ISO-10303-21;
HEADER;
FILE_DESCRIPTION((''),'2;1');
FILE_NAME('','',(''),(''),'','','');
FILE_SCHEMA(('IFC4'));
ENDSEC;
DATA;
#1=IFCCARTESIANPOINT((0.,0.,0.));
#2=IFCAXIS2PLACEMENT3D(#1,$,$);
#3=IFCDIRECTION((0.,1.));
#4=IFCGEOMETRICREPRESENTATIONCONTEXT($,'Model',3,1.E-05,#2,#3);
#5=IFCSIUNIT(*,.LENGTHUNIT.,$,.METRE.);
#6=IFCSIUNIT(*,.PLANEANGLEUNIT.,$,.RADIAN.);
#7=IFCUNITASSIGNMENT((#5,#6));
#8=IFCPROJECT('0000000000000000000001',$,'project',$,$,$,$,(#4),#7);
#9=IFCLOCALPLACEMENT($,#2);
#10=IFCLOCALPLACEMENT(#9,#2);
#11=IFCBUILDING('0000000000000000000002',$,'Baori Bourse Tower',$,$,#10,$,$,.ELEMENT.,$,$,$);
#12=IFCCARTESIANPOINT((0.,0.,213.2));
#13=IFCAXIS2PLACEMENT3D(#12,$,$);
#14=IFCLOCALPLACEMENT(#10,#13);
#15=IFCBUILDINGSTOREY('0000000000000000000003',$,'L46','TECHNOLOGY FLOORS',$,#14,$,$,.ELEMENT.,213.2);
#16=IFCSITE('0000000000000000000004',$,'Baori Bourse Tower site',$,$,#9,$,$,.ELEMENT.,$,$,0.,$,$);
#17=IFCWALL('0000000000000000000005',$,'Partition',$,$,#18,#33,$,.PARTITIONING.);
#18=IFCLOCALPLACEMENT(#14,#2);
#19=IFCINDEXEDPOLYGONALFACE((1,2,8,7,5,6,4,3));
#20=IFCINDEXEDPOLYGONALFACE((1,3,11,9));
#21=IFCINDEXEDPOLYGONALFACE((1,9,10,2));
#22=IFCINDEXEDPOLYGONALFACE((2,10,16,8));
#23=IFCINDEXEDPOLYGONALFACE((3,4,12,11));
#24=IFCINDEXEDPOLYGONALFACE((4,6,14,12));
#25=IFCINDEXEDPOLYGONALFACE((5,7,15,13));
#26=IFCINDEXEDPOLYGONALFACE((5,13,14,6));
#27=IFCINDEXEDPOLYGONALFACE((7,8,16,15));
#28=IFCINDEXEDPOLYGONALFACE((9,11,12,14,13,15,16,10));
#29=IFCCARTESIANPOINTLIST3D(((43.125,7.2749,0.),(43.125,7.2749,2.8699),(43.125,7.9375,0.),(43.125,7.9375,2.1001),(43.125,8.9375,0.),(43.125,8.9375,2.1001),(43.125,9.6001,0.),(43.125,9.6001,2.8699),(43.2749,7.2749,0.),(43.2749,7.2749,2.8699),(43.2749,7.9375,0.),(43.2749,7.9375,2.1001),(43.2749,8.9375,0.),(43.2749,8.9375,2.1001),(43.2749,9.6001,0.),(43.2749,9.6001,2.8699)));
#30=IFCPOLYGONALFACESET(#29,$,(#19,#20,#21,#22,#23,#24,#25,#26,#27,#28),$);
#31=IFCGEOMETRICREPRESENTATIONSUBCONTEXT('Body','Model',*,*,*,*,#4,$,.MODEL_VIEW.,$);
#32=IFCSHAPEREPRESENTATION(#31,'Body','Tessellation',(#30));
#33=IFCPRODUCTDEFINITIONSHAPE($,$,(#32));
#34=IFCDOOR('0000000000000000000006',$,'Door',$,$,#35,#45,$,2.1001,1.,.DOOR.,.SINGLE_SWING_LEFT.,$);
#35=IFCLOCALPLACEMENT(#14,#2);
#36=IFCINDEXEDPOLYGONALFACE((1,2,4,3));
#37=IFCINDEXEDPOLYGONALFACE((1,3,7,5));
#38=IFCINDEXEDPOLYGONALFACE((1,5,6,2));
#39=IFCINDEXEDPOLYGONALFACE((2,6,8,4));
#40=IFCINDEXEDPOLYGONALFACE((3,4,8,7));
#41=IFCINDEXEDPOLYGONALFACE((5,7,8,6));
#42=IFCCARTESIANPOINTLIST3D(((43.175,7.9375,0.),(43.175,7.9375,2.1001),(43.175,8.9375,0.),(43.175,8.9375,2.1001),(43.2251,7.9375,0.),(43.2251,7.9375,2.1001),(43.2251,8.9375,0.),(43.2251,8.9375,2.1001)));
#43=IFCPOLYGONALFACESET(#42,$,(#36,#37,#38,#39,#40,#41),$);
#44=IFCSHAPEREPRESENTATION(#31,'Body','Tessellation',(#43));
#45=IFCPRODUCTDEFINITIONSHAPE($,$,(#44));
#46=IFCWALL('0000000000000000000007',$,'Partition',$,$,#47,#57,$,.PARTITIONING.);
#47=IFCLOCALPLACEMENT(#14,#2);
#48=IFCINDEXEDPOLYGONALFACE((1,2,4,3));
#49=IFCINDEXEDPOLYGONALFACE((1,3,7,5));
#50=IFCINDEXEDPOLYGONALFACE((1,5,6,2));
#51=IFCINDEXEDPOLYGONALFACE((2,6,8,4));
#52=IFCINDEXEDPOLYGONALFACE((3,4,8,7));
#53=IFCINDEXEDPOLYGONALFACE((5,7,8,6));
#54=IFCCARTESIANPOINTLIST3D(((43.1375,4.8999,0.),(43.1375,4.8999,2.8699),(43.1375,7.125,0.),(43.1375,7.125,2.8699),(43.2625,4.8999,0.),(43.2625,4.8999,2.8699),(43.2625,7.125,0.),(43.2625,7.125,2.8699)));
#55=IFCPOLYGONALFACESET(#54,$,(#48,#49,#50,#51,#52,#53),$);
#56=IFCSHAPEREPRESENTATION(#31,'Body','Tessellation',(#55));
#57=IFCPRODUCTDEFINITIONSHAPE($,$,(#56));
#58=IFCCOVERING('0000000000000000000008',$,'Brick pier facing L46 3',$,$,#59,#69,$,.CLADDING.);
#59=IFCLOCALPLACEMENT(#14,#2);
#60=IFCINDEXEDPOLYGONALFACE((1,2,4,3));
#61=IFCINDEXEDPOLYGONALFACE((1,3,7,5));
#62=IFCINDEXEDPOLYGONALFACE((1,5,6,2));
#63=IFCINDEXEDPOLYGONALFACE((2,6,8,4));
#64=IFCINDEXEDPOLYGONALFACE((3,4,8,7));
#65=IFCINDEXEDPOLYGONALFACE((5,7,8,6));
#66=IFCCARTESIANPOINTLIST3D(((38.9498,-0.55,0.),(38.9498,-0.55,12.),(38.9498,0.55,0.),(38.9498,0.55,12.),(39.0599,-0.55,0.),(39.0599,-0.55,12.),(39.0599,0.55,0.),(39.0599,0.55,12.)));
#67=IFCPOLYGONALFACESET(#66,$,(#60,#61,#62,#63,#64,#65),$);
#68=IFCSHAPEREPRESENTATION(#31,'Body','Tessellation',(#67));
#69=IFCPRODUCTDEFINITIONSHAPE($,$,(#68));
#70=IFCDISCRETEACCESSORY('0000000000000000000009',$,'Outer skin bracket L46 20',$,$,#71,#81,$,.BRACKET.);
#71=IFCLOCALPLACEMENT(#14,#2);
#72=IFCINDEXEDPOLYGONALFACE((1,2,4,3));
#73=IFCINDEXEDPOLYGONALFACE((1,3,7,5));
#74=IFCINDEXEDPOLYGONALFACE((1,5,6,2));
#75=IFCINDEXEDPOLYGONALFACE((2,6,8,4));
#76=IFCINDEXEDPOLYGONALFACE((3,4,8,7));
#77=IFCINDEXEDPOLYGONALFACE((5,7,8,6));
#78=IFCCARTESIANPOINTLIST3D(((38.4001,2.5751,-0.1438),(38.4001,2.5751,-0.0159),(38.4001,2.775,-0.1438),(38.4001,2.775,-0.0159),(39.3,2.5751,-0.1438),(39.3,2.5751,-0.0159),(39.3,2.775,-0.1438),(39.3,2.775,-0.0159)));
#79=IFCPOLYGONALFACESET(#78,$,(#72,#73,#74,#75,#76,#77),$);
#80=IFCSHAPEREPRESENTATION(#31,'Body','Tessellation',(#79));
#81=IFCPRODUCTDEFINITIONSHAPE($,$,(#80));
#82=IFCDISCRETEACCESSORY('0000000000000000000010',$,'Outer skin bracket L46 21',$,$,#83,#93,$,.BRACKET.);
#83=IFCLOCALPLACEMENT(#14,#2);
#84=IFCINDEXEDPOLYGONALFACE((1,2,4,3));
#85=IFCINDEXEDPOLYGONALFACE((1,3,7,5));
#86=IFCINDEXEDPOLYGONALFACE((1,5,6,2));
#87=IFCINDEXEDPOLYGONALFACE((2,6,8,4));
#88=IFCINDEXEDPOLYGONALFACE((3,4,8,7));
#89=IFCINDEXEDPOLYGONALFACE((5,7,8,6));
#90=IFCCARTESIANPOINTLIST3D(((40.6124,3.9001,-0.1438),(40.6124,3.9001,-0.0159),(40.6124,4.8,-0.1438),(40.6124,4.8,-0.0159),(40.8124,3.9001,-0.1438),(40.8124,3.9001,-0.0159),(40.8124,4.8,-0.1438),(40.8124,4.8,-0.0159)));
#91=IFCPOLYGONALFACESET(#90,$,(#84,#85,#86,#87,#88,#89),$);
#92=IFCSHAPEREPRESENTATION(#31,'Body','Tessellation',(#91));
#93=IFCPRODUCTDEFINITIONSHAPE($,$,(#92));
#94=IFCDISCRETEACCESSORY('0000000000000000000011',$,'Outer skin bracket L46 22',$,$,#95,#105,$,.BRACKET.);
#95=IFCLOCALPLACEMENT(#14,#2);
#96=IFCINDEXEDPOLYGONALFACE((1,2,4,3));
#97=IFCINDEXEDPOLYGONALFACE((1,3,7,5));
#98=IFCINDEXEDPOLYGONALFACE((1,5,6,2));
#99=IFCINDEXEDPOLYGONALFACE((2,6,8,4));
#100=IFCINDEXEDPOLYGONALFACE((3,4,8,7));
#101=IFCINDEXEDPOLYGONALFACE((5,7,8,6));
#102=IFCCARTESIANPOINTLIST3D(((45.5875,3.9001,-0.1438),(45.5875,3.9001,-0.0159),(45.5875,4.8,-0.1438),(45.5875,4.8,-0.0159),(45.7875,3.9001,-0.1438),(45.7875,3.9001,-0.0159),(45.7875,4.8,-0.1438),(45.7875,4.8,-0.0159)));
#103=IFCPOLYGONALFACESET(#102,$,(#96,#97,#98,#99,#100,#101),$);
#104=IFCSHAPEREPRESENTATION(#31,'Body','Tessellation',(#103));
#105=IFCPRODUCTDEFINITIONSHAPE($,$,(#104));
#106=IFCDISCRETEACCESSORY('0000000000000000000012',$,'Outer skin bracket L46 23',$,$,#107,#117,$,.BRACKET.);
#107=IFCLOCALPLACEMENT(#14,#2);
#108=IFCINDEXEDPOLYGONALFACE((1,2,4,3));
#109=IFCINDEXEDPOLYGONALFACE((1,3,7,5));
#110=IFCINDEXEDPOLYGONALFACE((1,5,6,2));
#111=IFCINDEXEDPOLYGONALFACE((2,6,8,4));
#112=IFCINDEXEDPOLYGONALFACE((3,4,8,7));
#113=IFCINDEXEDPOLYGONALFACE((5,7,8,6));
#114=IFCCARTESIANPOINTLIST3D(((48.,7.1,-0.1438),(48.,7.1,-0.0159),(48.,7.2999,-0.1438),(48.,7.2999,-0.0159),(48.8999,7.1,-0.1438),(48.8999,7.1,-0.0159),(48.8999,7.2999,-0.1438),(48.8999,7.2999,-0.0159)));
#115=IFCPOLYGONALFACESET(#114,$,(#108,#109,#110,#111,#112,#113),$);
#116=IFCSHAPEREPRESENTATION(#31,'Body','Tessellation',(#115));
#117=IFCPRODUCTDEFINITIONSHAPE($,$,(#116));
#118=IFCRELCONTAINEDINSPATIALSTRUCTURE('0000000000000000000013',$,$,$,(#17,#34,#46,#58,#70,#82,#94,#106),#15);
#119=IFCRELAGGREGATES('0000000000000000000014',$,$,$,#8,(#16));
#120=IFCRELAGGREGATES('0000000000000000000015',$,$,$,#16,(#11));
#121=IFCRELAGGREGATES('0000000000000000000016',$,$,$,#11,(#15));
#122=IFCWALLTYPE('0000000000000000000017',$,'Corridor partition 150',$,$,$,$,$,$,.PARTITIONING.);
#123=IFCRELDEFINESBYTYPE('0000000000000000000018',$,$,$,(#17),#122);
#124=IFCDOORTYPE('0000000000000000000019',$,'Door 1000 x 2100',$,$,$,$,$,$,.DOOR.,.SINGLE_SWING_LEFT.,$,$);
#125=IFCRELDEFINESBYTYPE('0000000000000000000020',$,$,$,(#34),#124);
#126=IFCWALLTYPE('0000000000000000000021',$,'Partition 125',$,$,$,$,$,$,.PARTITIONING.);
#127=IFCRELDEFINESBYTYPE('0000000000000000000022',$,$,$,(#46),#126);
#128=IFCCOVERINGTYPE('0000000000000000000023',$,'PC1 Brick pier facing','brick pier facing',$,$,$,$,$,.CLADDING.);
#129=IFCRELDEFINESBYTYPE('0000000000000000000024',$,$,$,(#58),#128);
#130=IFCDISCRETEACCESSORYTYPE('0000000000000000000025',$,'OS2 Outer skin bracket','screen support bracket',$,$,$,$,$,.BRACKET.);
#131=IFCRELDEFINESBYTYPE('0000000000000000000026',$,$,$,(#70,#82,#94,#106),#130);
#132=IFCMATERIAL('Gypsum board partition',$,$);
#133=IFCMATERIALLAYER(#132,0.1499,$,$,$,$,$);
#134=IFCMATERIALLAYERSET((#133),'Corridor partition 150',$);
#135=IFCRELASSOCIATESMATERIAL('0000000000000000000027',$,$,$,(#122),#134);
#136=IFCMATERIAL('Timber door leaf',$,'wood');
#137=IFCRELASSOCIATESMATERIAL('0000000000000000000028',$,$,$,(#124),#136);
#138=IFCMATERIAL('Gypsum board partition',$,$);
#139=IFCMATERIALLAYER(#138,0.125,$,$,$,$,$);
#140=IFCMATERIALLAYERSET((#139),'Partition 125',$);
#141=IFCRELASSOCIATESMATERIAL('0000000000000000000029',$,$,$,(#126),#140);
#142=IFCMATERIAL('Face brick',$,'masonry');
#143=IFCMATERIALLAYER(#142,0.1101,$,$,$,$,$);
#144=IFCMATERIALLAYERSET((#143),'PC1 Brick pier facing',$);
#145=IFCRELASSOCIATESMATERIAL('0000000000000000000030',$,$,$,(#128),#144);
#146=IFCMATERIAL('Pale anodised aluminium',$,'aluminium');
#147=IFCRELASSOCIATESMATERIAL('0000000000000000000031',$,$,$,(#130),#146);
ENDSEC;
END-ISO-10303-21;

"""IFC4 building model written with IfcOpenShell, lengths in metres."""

from ifc_helpers import new_model, si_unit, direction, frame, frame_2d, origin, origin_2d, place, context, subcontext, project, spatial, rectangle, extrude, material, layer, layer_set, type_object, element, fill, save


model = new_model("IFC4")

# Units and contexts
model_context = context("Model", 3, precision=1e-05, world=origin(), true_north=direction((0.0, 1.0)))
body_context = subcontext(model_context, "Body", "Model", "MODEL_VIEW")
ifc_project = project(units=[si_unit("LENGTHUNIT", "METRE"), si_unit("PLANEANGLEUNIT", "RADIAN")], contexts=[model_context])

# Site, building, storey
site_placement = place(None, origin())
site = spatial("IfcSite", under=ifc_project, at=site_placement, Name="Baori Bourse Tower site", CompositionType="ELEMENT", RefElevation=0.0)
building_placement = place(site_placement, origin())
building = spatial("IfcBuilding", under=site, at=building_placement, Name="Baori Bourse Tower", CompositionType="ELEMENT")
storey_placement = place(building_placement, frame((0.0, 0.0, 213.2)))
storey = spatial("IfcBuildingStorey", under=building, at=storey_placement, Name="L46", Description="TECHNOLOGY FLOORS", CompositionType="ELEMENT", Elevation=213.2)

# Wall, opening, door
ifc_material_1 = material(Name="Gypsum board partition")
ifc_layer_1 = layer(ifc_material_1, 0.1499)
ifc_layer_set_1 = layer_set([ifc_layer_1], Name="Corridor partition 150")
wall_type_1 = type_object("IfcWallType", Name="Corridor partition 150", PredefinedType="PARTITIONING", material=ifc_layer_set_1)
wall_1_placement = place(storey_placement, frame((43.2, 7.2749, 0.0), z_axis=(0.0, 0.0, 1.0), x_axis=(0.0, 1.0, 0.0)))
wall_1 = element("IfcWall", 1, at=wall_1_placement, inside=storey, type_object=wall_type_1, Name="Partition", PredefinedType="PARTITIONING", context=body_context, shape_type="SweptSolid", body=[
    extrude(rectangle(XDim=2.3252, YDim=0.1499, at=frame_2d((1.1626, 0.0))), origin(), (0.0, 0.0, 1.0), 2.8699),
])
opening_1_placement = place(wall_1_placement, frame((0.6626, 0.0, 0.0)))
opening_1 = element("IfcOpeningElement", 2, at=opening_1_placement, cuts=wall_1, PredefinedType="OPENING", context=body_context, shape_type="SweptSolid", body=[
    extrude(rectangle(XDim=1.0, YDim=2.1001, at=frame_2d((0.5, 1.05))), frame((0.0, 0.085, 0.0), z_axis=(0.0, -1.0, 0.0), x_axis=(1.0, 0.0, 0.0)), (0.0, 0.0, 1.0), 0.1699),
])
ifc_material_2 = material(Name="Timber door leaf", Category="wood")
door_type_1 = type_object("IfcDoorType", Name="Door 1000 x 2100", OperationType="SINGLE_SWING_LEFT", PredefinedType="DOOR", material=ifc_material_2)
door_1_placement = place(opening_1_placement, origin())
door_1 = element("IfcDoor", 3, at=door_1_placement, inside=storey, type_object=door_type_1, Name="Door", OperationType="SINGLE_SWING_LEFT", OverallHeight=2.1001, OverallWidth=1.0, PredefinedType="DOOR", context=body_context, shape_type="SweptSolid", body=[
    extrude(rectangle(XDim=1.0, YDim=2.1001, at=frame_2d((0.5, 1.05))), frame((0.0, 0.0249, 0.0), z_axis=(0.0, -1.0, 0.0), x_axis=(1.0, 0.0, 0.0)), (0.0, 0.0, 1.0), 0.05),
])
fill(opening_1, door_1)

# Wall
ifc_material_3 = material(Name="Gypsum board partition")
ifc_layer_2 = layer(ifc_material_3, 0.125)
ifc_layer_set_2 = layer_set([ifc_layer_2], Name="Partition 125")
wall_type_2 = type_object("IfcWallType", Name="Partition 125", PredefinedType="PARTITIONING", material=ifc_layer_set_2)
wall_2_placement = place(storey_placement, frame((43.2, 4.8999, 0.0), z_axis=(0.0, 0.0, 1.0), x_axis=(0.0, 1.0, 0.0)))
element("IfcWall", 4, at=wall_2_placement, inside=storey, type_object=wall_type_2, Name="Partition", PredefinedType="PARTITIONING", context=body_context, shape_type="SweptSolid", body=[
    extrude(rectangle(XDim=2.2251, YDim=0.125, at=frame_2d((1.1125, 0.0))), origin(), (0.0, 0.0, 1.0), 2.8699),
])

# Covering
ifc_material_4 = material(Name="Face brick", Category="masonry")
ifc_layer_3 = layer(ifc_material_4, 0.1101)
ifc_layer_set_3 = layer_set([ifc_layer_3], Name="PC1 Brick pier facing")
covering_type = type_object("IfcCoveringType", Name="PC1 Brick pier facing", Description="brick pier facing", PredefinedType="CLADDING", material=ifc_layer_set_3)
covering_placement = place(storey_placement, frame((39.0049, 0.0, 0.0), z_axis=(0.0, 0.0, 1.0), x_axis=(1.0, 0.0, 0.0)))
element("IfcCovering", 5, at=covering_placement, inside=storey, type_object=covering_type, Name="Brick pier facing L46 3", PredefinedType="CLADDING", context=body_context, shape_type="SweptSolid", body=[
    extrude(rectangle(XDim=0.1101, YDim=1.1001, at=origin_2d()), origin(), (0.0, 0.0, 1.0), 12.0),
])

# Discrete accessories
ifc_material_5 = material(Name="Pale anodised aluminium", Category="aluminium")
discrete_accessory_type = type_object("IfcDiscreteAccessoryType", Name="OS2 Outer skin bracket", Description="screen support bracket", PredefinedType="BRACKET", material=ifc_material_5)
for number, where, z_axis, x_axis, name in (
    (6, (38.8501, 2.675, -0.1438), (0.0, 0.0, 1.0), (0.0, 1.0, 0.0), "Outer skin bracket L46 20"),
    (7, (40.7124, 4.3501, -0.1438), (0.0, 0.0, 1.0), (1.0, 0.0, 0.0), "Outer skin bracket L46 21"),
    (8, (45.6875, 4.3501, -0.1438), (0.0, 0.0, 1.0), (1.0, 0.0, 0.0), "Outer skin bracket L46 22"),
    (9, (48.45, 7.2, -0.1438), (0.0, 0.0, 1.0), (0.0, 1.0, 0.0), "Outer skin bracket L46 23"),
):
    element("IfcDiscreteAccessory", number, at=place(storey_placement, frame(where, z_axis=z_axis, x_axis=x_axis)), inside=storey, type_object=discrete_accessory_type, Name=name, PredefinedType="BRACKET", context=body_context, shape_type="SweptSolid", body=[
        extrude(rectangle(XDim=0.2, YDim=0.8999, at=origin_2d()), origin(), (0.0, 0.0, 1.0), 0.1279),
    ])

save(model, "model.ifc")
